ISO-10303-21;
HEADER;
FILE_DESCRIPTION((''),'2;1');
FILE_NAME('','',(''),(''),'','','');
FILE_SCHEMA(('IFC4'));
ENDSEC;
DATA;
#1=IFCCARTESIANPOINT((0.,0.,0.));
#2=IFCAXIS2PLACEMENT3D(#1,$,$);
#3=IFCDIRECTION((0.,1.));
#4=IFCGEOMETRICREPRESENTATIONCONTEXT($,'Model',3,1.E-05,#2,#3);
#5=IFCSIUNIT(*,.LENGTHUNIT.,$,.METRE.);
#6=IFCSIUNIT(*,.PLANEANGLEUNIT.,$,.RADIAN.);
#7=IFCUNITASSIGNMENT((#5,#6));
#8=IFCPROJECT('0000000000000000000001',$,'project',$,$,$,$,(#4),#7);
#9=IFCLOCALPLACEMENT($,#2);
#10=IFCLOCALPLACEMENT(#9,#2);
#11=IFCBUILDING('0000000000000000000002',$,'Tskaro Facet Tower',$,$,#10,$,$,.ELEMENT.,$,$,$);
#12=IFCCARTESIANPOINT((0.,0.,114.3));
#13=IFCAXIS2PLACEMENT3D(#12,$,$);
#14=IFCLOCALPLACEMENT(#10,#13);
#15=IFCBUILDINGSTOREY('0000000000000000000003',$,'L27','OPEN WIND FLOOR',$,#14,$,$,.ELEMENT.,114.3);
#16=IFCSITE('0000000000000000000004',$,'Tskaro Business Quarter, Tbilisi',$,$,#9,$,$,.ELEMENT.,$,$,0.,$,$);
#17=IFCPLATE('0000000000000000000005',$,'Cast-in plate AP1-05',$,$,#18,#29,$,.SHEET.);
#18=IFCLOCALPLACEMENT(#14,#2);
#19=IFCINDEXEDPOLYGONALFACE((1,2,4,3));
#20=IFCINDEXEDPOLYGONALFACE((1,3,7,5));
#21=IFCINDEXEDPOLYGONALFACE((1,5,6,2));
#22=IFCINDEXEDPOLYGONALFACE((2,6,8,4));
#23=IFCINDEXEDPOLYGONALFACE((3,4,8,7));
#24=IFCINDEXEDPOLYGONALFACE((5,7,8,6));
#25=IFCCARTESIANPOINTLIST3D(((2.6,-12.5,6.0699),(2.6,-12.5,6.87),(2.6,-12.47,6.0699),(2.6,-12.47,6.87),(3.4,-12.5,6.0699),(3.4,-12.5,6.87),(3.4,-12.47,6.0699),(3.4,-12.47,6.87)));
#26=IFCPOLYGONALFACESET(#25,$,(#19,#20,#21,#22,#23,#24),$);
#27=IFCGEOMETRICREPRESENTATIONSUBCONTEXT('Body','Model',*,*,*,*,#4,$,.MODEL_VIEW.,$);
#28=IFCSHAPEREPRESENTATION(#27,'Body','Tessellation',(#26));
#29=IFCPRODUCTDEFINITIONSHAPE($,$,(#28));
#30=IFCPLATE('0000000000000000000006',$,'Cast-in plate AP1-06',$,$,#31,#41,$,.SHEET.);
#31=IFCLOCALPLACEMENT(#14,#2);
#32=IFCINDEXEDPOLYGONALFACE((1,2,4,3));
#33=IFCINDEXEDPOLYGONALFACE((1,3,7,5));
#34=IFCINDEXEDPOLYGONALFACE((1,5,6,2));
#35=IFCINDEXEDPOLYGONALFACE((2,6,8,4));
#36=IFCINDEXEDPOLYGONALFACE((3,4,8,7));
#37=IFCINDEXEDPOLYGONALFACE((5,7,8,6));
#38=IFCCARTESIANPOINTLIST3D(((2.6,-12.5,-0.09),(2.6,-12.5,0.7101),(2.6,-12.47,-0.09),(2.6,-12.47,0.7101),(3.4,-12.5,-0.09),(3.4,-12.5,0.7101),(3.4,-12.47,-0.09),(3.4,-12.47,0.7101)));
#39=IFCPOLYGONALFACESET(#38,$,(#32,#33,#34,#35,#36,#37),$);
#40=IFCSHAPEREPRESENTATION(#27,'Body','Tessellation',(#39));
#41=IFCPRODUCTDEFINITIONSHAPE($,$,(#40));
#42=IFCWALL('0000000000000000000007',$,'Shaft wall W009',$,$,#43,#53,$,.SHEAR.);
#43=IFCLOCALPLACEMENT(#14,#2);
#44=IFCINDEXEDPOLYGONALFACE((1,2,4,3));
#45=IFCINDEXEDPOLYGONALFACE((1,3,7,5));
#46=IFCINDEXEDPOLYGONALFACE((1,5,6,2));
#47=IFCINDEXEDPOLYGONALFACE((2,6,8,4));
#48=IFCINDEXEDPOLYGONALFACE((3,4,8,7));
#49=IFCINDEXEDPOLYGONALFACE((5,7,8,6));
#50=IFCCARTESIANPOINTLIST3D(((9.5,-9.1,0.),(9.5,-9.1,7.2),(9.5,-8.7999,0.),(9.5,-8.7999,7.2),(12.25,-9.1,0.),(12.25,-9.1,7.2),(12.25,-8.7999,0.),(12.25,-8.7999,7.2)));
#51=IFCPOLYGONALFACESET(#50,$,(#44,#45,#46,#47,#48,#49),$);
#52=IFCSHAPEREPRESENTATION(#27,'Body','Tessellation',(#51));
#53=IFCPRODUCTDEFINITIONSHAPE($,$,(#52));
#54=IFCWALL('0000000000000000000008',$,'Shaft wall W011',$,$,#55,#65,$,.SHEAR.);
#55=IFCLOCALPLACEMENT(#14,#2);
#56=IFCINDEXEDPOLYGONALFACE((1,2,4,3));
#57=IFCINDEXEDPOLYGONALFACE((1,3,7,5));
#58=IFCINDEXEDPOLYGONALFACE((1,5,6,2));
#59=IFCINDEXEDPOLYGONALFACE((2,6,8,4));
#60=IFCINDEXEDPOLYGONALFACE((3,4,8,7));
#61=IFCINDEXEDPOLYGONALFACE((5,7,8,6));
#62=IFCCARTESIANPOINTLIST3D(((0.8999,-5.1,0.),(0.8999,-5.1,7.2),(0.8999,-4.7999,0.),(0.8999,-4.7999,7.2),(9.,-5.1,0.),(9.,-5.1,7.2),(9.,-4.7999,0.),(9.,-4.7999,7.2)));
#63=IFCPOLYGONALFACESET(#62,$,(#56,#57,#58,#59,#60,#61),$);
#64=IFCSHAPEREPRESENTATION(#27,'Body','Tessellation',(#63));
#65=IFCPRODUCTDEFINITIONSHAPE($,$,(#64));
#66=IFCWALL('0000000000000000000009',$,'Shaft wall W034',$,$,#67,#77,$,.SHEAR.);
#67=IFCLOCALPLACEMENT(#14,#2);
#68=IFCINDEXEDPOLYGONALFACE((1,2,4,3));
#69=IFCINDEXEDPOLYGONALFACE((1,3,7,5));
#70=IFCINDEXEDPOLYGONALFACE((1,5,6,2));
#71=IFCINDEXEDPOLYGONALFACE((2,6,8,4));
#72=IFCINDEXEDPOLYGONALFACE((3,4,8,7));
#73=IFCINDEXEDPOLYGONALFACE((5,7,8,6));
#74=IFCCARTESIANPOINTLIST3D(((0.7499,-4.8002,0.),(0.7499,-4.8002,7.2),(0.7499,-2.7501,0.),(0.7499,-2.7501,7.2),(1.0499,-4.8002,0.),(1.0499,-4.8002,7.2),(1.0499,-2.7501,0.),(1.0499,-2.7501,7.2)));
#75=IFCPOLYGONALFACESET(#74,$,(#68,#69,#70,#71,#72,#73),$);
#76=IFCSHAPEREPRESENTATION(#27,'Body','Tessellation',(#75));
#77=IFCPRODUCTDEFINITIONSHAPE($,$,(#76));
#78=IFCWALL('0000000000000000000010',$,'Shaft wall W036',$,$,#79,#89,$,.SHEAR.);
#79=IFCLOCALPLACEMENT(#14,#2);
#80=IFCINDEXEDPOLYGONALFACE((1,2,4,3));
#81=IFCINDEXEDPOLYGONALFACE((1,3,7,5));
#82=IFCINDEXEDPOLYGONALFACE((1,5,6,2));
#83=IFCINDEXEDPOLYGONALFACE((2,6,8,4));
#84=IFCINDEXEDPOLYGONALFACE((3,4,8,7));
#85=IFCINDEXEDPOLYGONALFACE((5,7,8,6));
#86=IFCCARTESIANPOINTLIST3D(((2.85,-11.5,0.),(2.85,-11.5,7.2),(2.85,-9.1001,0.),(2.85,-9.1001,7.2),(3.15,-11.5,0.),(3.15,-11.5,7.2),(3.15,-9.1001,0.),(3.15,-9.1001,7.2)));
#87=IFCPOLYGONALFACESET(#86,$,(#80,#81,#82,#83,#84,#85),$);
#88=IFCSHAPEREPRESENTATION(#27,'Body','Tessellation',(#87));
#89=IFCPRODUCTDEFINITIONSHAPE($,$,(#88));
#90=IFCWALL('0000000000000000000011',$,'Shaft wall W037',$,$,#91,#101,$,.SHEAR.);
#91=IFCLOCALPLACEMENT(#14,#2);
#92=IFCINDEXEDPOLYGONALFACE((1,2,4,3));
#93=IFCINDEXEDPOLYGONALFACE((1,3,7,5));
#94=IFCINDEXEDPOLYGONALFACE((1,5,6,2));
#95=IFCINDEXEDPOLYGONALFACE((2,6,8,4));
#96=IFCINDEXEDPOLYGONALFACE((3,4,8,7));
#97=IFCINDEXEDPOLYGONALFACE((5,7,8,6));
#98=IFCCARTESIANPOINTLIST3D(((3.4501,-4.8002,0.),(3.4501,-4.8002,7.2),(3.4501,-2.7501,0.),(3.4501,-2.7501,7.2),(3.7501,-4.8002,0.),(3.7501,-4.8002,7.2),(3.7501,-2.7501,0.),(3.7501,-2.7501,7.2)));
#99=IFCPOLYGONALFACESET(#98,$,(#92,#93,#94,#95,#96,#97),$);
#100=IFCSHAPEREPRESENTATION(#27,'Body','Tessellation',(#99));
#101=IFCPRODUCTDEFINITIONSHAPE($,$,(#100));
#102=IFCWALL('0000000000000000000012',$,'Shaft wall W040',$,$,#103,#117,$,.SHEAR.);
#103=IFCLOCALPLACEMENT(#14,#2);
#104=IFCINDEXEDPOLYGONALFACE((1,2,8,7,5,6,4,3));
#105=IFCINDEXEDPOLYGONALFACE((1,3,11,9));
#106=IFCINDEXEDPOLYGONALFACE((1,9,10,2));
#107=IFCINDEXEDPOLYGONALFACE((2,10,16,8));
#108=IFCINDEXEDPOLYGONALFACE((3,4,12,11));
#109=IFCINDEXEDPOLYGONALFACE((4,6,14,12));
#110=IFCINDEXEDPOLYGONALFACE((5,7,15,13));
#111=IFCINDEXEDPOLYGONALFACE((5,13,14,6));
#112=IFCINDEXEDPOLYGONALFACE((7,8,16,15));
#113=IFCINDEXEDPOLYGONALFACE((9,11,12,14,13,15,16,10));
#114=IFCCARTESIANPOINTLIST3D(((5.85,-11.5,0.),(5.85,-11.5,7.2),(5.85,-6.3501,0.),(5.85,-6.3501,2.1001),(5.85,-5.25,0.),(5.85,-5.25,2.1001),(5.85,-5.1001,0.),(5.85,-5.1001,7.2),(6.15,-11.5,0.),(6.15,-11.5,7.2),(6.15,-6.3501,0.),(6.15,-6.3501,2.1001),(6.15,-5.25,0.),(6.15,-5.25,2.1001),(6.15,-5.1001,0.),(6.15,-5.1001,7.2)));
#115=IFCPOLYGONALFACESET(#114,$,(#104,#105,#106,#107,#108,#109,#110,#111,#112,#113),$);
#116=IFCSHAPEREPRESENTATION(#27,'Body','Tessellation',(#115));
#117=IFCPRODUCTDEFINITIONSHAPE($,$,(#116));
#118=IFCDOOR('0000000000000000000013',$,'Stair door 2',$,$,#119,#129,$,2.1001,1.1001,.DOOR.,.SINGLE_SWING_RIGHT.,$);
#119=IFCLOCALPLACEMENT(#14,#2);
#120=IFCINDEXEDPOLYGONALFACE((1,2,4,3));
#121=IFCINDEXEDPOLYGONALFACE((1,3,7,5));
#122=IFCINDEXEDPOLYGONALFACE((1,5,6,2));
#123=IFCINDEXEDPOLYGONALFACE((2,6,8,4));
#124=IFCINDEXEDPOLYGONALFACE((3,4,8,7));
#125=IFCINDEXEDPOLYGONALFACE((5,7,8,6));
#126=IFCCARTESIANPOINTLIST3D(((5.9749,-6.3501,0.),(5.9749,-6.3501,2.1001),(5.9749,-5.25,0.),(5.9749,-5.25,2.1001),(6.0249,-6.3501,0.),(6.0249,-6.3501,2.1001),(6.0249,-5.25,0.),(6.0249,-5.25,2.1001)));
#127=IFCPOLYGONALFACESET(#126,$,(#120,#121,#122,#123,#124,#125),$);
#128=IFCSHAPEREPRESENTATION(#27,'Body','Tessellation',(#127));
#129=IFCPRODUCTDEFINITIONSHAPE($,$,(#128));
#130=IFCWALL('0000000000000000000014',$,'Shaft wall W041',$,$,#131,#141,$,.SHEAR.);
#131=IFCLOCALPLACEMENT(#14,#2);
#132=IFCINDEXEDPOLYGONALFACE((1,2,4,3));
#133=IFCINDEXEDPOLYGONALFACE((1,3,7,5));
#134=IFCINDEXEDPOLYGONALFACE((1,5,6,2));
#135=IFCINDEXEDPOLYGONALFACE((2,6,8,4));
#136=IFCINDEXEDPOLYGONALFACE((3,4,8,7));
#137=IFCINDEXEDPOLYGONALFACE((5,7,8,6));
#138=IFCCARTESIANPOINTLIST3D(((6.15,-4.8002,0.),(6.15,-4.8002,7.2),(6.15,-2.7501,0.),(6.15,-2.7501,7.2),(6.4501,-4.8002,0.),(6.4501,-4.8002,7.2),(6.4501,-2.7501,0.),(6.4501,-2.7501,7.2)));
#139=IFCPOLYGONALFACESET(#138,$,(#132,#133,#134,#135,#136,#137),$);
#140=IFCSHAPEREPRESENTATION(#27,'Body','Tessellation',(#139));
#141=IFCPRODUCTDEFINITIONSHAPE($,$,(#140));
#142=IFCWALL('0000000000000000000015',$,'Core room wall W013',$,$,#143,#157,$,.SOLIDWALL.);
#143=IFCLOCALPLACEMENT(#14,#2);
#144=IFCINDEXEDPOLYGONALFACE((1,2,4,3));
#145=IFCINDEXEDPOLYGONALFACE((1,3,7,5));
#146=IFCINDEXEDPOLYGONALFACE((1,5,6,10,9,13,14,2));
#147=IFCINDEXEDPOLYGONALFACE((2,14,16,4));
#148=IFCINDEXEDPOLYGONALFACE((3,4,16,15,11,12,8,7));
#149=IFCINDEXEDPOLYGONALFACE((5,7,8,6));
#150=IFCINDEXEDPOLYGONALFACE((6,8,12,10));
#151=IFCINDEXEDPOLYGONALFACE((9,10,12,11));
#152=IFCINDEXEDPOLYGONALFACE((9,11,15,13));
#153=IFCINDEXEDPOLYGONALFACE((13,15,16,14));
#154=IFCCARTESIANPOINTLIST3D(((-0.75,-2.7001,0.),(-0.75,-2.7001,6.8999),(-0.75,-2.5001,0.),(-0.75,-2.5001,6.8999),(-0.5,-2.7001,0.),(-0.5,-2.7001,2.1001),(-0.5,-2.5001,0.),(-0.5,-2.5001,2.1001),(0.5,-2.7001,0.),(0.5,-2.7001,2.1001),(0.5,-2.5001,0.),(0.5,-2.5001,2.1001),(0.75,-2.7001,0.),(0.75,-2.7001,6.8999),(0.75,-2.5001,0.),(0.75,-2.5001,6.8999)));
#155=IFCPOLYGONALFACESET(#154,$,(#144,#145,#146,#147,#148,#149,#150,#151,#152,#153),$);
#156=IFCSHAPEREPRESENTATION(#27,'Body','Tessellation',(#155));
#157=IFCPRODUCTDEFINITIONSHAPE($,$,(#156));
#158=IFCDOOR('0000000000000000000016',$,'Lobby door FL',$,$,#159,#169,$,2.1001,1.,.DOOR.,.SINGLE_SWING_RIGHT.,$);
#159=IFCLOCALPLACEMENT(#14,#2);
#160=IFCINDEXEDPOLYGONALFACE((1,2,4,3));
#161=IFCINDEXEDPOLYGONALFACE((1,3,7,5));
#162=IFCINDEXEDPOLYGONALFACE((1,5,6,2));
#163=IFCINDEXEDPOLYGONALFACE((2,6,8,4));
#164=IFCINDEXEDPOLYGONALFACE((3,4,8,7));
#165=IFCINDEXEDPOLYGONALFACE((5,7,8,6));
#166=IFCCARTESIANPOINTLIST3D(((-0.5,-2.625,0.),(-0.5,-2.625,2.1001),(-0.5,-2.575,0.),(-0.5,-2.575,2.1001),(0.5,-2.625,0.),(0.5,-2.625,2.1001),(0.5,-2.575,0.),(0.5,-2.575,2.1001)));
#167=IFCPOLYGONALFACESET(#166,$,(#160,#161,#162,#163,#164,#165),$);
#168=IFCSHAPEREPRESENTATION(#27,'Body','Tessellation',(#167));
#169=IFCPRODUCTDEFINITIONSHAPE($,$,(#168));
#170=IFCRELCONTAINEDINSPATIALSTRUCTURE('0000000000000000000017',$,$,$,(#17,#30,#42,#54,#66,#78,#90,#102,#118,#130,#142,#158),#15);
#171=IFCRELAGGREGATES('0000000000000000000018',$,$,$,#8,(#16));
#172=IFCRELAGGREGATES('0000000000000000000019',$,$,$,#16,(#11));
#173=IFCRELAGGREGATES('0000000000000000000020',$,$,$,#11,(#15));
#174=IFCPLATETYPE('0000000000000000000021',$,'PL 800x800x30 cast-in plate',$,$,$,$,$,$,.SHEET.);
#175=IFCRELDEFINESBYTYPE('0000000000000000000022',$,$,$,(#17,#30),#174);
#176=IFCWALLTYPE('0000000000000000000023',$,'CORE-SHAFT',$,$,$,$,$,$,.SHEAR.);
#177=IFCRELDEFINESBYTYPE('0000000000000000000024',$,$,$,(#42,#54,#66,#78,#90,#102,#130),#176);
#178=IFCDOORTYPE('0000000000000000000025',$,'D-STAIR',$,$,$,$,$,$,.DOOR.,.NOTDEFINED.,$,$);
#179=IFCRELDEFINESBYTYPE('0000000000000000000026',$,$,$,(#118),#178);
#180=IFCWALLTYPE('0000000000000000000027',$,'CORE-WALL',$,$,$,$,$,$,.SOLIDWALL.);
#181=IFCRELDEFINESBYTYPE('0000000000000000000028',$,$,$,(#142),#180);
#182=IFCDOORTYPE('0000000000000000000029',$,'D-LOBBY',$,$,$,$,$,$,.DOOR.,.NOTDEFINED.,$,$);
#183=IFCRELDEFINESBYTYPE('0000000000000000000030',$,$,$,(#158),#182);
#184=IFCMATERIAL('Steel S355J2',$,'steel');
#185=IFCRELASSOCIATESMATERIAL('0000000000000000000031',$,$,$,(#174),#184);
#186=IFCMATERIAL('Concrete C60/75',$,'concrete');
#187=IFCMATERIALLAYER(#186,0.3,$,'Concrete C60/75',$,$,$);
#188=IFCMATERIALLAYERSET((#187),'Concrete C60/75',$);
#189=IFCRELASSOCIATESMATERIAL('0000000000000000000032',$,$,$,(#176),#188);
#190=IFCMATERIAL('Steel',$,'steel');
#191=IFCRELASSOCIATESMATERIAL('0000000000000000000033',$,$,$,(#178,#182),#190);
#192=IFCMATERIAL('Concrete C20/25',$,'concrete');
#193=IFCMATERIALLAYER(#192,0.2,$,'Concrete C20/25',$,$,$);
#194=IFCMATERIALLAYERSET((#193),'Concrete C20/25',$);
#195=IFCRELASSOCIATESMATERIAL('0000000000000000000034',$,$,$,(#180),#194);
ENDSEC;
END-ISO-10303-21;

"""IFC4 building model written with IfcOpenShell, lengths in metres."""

from ifc_helpers import new_model, si_unit, direction, frame, frame_2d, origin, origin_2d, place, context, subcontext, project, spatial, rectangle, extrude, material, layer, layer_set, material_profile, profile_set, type_object, element, fill, save


model = new_model("IFC4")

# Units and contexts
model_context = context("Model", 3, precision=1e-05, world=origin(), true_north=direction((0.0, 1.0)))
body_context = subcontext(model_context, "Body", "Model", "MODEL_VIEW")
ifc_project = project(units=[si_unit("LENGTHUNIT", "METRE"), si_unit("PLANEANGLEUNIT", "RADIAN")], contexts=[model_context])

# Site, building, storey
site_placement = place(None, origin())
site = spatial("IfcSite", under=ifc_project, at=site_placement, Name="Tskaro Business Quarter, Tbilisi", CompositionType="ELEMENT", RefElevation=0.0)
building_placement = place(site_placement, origin())
building = spatial("IfcBuilding", under=site, at=building_placement, Name="Tskaro Facet Tower", CompositionType="ELEMENT")
storey_placement = place(building_placement, frame((0.0, 0.0, 114.3)))
storey = spatial("IfcBuildingStorey", under=building, at=storey_placement, Name="L27", Description="OPEN WIND FLOOR", CompositionType="ELEMENT", Elevation=114.3)

# Plates
ifc_material_1 = material(Name="Steel S355J2", Category="steel")
ifc_material_profile = material_profile(ifc_material_1, rectangle(XDim=0.8, YDim=0.8, at=origin_2d()), Name="PL 800x800x30 cast-in plate")
ifc_profile_set = profile_set([ifc_material_profile], Name="Steel S355J2")
plate_type = type_object("IfcPlateType", Name="PL 800x800x30 cast-in plate", PredefinedType="SHEET", material=ifc_profile_set)
for number, where, z_axis, x_axis, name in (
    (1, (3.0, -12.47, 6.47), (0.0, -1.0, 0.0), (1.0, 0.0, 0.0), "Cast-in plate AP1-05"),
    (2, (3.0, -12.47, 0.3101), (0.0, -1.0, 0.0), (1.0, 0.0, 0.0), "Cast-in plate AP1-06"),
):
    element("IfcPlate", number, at=place(storey_placement, frame(where, z_axis=z_axis, x_axis=x_axis)), inside=storey, type_object=plate_type, Name=name, PredefinedType="SHEET", context=body_context, shape_type="SweptSolid", body=[
        extrude(rectangle(XDim=0.8, YDim=0.8, at=origin_2d()), origin(), (0.0, 0.0, 1.0), 0.03),
    ])

# Walls
ifc_material_2 = material(Name="Concrete C60/75", Category="concrete")
ifc_layer_1 = layer(ifc_material_2, 0.3, Name="Concrete C60/75")
ifc_layer_set_1 = layer_set([ifc_layer_1], Name="Concrete C60/75")
wall_type_1 = type_object("IfcWallType", Name="CORE-SHAFT", PredefinedType="SHEAR", material=ifc_layer_set_1)
wall_1_placement = place(storey_placement, frame((9.5, -8.95, 0.0), z_axis=(0.0, 0.0, 1.0), x_axis=(1.0, 0.0, 0.0)))
element("IfcWall", 3, at=wall_1_placement, inside=storey, type_object=wall_type_1, Name="Shaft wall W009", PredefinedType="SHEAR", context=body_context, shape_type="SweptSolid", body=[
    extrude(rectangle(XDim=2.75, YDim=0.3, at=frame_2d((1.375, 0.0))), origin(), (0.0, 0.0, 1.0), 7.2),
])
wall_2_placement = place(storey_placement, frame((0.8999, -4.95, 0.0), z_axis=(0.0, 0.0, 1.0), x_axis=(1.0, 0.0, 0.0)))
element("IfcWall", 4, at=wall_2_placement, inside=storey, type_object=wall_type_1, Name="Shaft wall W011", PredefinedType="SHEAR", context=body_context, shape_type="SweptSolid", body=[
    extrude(rectangle(XDim=8.1001, YDim=0.3, at=frame_2d((4.05, 0.0))), origin(), (0.0, 0.0, 1.0), 7.2),
])
wall_3_placement = place(storey_placement, frame((0.8999, -4.8, 0.0), z_axis=(0.0, 0.0, 1.0), x_axis=(0.0, 1.0, 0.0)))
element("IfcWall", 5, at=wall_3_placement, inside=storey, type_object=wall_type_1, Name="Shaft wall W034", PredefinedType="SHEAR", context=body_context, shape_type="SweptSolid", body=[
    extrude(rectangle(XDim=2.05, YDim=0.3, at=frame_2d((1.0249, 0.0))), origin(), (0.0, 0.0, 1.0), 7.2),
])
wall_4_placement = place(storey_placement, frame((3.0, -11.5, 0.0), z_axis=(0.0, 0.0, 1.0), x_axis=(0.0, 1.0, 0.0)))
element("IfcWall", 6, at=wall_4_placement, inside=storey, type_object=wall_type_1, Name="Shaft wall W036", PredefinedType="SHEAR", context=body_context, shape_type="SweptSolid", body=[
    extrude(rectangle(XDim=2.3999, YDim=0.3, at=frame_2d((1.2, 0.0))), origin(), (0.0, 0.0, 1.0), 7.2),
])
wall_5_placement = place(storey_placement, frame((3.6001, -4.8, 0.0), z_axis=(0.0, 0.0, 1.0), x_axis=(0.0, 1.0, 0.0)))
element("IfcWall", 7, at=wall_5_placement, inside=storey, type_object=wall_type_1, Name="Shaft wall W037", PredefinedType="SHEAR", context=body_context, shape_type="SweptSolid", body=[
    extrude(rectangle(XDim=2.05, YDim=0.3, at=frame_2d((1.0249, 0.0))), origin(), (0.0, 0.0, 1.0), 7.2),
])

# Wall, opening, door
wall_6_placement = place(storey_placement, frame((6.0, -5.1001, 0.0), z_axis=(0.0, 0.0, 1.0), x_axis=(0.0, -1.0, 0.0)))
wall_6 = element("IfcWall", 8, at=wall_6_placement, inside=storey, type_object=wall_type_1, Name="Shaft wall W040", PredefinedType="SHEAR", context=body_context, shape_type="SweptSolid", body=[
    extrude(rectangle(XDim=6.3999, YDim=0.3, at=frame_2d((3.2, 0.0))), origin(), (0.0, 0.0, 1.0), 7.2),
])
opening_1_placement = place(wall_6_placement, frame((0.1499, 0.0, 0.0)))
opening_1 = element("IfcOpeningElement", 9, at=opening_1_placement, cuts=wall_6, PredefinedType="OPENING", context=body_context, shape_type="SweptSolid", body=[
    extrude(rectangle(XDim=1.1001, YDim=2.1001, at=frame_2d((0.55, 1.05))), frame((0.0, 0.1599, 0.0), z_axis=(0.0, -1.0, 0.0), x_axis=(1.0, 0.0, 0.0)), (0.0, 0.0, 1.0), 0.3201),
])
ifc_material_3 = material(Name="Steel", Category="steel")
door_type_1 = type_object("IfcDoorType", Name="D-STAIR", OperationType="NOTDEFINED", PredefinedType="DOOR", material=ifc_material_3)
door_1_placement = place(opening_1_placement, origin())
door_1 = element("IfcDoor", 10, at=door_1_placement, inside=storey, type_object=door_type_1, Name="Stair door 2", OperationType="SINGLE_SWING_RIGHT", OverallHeight=2.1001, OverallWidth=1.1001, PredefinedType="DOOR", context=body_context, shape_type="SweptSolid", body=[
    extrude(rectangle(XDim=1.1001, YDim=2.1001, at=frame_2d((0.55, 1.05))), frame((0.0, 0.0249, 0.0), z_axis=(0.0, -1.0, 0.0), x_axis=(1.0, 0.0, 0.0)), (0.0, 0.0, 1.0), 0.05),
])
fill(opening_1, door_1)

# Wall
wall_7_placement = place(storey_placement, frame((6.3, -4.8, 0.0), z_axis=(0.0, 0.0, 1.0), x_axis=(0.0, 1.0, 0.0)))
element("IfcWall", 11, at=wall_7_placement, inside=storey, type_object=wall_type_1, Name="Shaft wall W041", PredefinedType="SHEAR", context=body_context, shape_type="SweptSolid", body=[
    extrude(rectangle(XDim=2.05, YDim=0.3, at=frame_2d((1.0249, 0.0))), origin(), (0.0, 0.0, 1.0), 7.2),
])

# Wall, opening, door
ifc_material_4 = material(Name="Concrete C20/25", Category="concrete")
ifc_layer_2 = layer(ifc_material_4, 0.2, Name="Concrete C20/25")
ifc_layer_set_2 = layer_set([ifc_layer_2], Name="Concrete C20/25")
wall_type_2 = type_object("IfcWallType", Name="CORE-WALL", PredefinedType="SOLIDWALL", material=ifc_layer_set_2)
wall_8_placement = place(storey_placement, frame((0.75, -2.6001, 0.0), z_axis=(0.0, 0.0, 1.0), x_axis=(-1.0, 0.0, 0.0)))
wall_8 = element("IfcWall", 12, at=wall_8_placement, inside=storey, type_object=wall_type_2, Name="Core room wall W013", PredefinedType="SOLIDWALL", context=body_context, shape_type="SweptSolid", body=[
    extrude(rectangle(XDim=1.5, YDim=0.2, at=frame_2d((0.75, 0.0))), origin(), (0.0, 0.0, 1.0), 6.8999),
])
opening_2_placement = place(wall_8_placement, frame((0.25, 0.0, 0.0)))
opening_2 = element("IfcOpeningElement", 13, at=opening_2_placement, cuts=wall_8, PredefinedType="OPENING", context=body_context, shape_type="SweptSolid", body=[
    extrude(rectangle(XDim=1.0, YDim=2.1001, at=frame_2d((0.5, 1.05))), frame((0.0, 0.1099, 0.0), z_axis=(0.0, -1.0, 0.0), x_axis=(1.0, 0.0, 0.0)), (0.0, 0.0, 1.0), 0.22),
])
door_type_2 = type_object("IfcDoorType", Name="D-LOBBY", OperationType="NOTDEFINED", PredefinedType="DOOR", material=ifc_material_3)
door_2_placement = place(opening_2_placement, origin())
door_2 = element("IfcDoor", 14, at=door_2_placement, inside=storey, type_object=door_type_2, Name="Lobby door FL", OperationType="SINGLE_SWING_RIGHT", OverallHeight=2.1001, OverallWidth=1.0, PredefinedType="DOOR", context=body_context, shape_type="SweptSolid", body=[
    extrude(rectangle(XDim=1.0, YDim=2.1001, at=frame_2d((0.5, 1.05))), frame((0.0, 0.0249, 0.0), z_axis=(0.0, -1.0, 0.0), x_axis=(1.0, 0.0, 0.0)), (0.0, 0.0, 1.0), 0.05),
])
fill(opening_2, door_2)

save(model, "model.ifc")
